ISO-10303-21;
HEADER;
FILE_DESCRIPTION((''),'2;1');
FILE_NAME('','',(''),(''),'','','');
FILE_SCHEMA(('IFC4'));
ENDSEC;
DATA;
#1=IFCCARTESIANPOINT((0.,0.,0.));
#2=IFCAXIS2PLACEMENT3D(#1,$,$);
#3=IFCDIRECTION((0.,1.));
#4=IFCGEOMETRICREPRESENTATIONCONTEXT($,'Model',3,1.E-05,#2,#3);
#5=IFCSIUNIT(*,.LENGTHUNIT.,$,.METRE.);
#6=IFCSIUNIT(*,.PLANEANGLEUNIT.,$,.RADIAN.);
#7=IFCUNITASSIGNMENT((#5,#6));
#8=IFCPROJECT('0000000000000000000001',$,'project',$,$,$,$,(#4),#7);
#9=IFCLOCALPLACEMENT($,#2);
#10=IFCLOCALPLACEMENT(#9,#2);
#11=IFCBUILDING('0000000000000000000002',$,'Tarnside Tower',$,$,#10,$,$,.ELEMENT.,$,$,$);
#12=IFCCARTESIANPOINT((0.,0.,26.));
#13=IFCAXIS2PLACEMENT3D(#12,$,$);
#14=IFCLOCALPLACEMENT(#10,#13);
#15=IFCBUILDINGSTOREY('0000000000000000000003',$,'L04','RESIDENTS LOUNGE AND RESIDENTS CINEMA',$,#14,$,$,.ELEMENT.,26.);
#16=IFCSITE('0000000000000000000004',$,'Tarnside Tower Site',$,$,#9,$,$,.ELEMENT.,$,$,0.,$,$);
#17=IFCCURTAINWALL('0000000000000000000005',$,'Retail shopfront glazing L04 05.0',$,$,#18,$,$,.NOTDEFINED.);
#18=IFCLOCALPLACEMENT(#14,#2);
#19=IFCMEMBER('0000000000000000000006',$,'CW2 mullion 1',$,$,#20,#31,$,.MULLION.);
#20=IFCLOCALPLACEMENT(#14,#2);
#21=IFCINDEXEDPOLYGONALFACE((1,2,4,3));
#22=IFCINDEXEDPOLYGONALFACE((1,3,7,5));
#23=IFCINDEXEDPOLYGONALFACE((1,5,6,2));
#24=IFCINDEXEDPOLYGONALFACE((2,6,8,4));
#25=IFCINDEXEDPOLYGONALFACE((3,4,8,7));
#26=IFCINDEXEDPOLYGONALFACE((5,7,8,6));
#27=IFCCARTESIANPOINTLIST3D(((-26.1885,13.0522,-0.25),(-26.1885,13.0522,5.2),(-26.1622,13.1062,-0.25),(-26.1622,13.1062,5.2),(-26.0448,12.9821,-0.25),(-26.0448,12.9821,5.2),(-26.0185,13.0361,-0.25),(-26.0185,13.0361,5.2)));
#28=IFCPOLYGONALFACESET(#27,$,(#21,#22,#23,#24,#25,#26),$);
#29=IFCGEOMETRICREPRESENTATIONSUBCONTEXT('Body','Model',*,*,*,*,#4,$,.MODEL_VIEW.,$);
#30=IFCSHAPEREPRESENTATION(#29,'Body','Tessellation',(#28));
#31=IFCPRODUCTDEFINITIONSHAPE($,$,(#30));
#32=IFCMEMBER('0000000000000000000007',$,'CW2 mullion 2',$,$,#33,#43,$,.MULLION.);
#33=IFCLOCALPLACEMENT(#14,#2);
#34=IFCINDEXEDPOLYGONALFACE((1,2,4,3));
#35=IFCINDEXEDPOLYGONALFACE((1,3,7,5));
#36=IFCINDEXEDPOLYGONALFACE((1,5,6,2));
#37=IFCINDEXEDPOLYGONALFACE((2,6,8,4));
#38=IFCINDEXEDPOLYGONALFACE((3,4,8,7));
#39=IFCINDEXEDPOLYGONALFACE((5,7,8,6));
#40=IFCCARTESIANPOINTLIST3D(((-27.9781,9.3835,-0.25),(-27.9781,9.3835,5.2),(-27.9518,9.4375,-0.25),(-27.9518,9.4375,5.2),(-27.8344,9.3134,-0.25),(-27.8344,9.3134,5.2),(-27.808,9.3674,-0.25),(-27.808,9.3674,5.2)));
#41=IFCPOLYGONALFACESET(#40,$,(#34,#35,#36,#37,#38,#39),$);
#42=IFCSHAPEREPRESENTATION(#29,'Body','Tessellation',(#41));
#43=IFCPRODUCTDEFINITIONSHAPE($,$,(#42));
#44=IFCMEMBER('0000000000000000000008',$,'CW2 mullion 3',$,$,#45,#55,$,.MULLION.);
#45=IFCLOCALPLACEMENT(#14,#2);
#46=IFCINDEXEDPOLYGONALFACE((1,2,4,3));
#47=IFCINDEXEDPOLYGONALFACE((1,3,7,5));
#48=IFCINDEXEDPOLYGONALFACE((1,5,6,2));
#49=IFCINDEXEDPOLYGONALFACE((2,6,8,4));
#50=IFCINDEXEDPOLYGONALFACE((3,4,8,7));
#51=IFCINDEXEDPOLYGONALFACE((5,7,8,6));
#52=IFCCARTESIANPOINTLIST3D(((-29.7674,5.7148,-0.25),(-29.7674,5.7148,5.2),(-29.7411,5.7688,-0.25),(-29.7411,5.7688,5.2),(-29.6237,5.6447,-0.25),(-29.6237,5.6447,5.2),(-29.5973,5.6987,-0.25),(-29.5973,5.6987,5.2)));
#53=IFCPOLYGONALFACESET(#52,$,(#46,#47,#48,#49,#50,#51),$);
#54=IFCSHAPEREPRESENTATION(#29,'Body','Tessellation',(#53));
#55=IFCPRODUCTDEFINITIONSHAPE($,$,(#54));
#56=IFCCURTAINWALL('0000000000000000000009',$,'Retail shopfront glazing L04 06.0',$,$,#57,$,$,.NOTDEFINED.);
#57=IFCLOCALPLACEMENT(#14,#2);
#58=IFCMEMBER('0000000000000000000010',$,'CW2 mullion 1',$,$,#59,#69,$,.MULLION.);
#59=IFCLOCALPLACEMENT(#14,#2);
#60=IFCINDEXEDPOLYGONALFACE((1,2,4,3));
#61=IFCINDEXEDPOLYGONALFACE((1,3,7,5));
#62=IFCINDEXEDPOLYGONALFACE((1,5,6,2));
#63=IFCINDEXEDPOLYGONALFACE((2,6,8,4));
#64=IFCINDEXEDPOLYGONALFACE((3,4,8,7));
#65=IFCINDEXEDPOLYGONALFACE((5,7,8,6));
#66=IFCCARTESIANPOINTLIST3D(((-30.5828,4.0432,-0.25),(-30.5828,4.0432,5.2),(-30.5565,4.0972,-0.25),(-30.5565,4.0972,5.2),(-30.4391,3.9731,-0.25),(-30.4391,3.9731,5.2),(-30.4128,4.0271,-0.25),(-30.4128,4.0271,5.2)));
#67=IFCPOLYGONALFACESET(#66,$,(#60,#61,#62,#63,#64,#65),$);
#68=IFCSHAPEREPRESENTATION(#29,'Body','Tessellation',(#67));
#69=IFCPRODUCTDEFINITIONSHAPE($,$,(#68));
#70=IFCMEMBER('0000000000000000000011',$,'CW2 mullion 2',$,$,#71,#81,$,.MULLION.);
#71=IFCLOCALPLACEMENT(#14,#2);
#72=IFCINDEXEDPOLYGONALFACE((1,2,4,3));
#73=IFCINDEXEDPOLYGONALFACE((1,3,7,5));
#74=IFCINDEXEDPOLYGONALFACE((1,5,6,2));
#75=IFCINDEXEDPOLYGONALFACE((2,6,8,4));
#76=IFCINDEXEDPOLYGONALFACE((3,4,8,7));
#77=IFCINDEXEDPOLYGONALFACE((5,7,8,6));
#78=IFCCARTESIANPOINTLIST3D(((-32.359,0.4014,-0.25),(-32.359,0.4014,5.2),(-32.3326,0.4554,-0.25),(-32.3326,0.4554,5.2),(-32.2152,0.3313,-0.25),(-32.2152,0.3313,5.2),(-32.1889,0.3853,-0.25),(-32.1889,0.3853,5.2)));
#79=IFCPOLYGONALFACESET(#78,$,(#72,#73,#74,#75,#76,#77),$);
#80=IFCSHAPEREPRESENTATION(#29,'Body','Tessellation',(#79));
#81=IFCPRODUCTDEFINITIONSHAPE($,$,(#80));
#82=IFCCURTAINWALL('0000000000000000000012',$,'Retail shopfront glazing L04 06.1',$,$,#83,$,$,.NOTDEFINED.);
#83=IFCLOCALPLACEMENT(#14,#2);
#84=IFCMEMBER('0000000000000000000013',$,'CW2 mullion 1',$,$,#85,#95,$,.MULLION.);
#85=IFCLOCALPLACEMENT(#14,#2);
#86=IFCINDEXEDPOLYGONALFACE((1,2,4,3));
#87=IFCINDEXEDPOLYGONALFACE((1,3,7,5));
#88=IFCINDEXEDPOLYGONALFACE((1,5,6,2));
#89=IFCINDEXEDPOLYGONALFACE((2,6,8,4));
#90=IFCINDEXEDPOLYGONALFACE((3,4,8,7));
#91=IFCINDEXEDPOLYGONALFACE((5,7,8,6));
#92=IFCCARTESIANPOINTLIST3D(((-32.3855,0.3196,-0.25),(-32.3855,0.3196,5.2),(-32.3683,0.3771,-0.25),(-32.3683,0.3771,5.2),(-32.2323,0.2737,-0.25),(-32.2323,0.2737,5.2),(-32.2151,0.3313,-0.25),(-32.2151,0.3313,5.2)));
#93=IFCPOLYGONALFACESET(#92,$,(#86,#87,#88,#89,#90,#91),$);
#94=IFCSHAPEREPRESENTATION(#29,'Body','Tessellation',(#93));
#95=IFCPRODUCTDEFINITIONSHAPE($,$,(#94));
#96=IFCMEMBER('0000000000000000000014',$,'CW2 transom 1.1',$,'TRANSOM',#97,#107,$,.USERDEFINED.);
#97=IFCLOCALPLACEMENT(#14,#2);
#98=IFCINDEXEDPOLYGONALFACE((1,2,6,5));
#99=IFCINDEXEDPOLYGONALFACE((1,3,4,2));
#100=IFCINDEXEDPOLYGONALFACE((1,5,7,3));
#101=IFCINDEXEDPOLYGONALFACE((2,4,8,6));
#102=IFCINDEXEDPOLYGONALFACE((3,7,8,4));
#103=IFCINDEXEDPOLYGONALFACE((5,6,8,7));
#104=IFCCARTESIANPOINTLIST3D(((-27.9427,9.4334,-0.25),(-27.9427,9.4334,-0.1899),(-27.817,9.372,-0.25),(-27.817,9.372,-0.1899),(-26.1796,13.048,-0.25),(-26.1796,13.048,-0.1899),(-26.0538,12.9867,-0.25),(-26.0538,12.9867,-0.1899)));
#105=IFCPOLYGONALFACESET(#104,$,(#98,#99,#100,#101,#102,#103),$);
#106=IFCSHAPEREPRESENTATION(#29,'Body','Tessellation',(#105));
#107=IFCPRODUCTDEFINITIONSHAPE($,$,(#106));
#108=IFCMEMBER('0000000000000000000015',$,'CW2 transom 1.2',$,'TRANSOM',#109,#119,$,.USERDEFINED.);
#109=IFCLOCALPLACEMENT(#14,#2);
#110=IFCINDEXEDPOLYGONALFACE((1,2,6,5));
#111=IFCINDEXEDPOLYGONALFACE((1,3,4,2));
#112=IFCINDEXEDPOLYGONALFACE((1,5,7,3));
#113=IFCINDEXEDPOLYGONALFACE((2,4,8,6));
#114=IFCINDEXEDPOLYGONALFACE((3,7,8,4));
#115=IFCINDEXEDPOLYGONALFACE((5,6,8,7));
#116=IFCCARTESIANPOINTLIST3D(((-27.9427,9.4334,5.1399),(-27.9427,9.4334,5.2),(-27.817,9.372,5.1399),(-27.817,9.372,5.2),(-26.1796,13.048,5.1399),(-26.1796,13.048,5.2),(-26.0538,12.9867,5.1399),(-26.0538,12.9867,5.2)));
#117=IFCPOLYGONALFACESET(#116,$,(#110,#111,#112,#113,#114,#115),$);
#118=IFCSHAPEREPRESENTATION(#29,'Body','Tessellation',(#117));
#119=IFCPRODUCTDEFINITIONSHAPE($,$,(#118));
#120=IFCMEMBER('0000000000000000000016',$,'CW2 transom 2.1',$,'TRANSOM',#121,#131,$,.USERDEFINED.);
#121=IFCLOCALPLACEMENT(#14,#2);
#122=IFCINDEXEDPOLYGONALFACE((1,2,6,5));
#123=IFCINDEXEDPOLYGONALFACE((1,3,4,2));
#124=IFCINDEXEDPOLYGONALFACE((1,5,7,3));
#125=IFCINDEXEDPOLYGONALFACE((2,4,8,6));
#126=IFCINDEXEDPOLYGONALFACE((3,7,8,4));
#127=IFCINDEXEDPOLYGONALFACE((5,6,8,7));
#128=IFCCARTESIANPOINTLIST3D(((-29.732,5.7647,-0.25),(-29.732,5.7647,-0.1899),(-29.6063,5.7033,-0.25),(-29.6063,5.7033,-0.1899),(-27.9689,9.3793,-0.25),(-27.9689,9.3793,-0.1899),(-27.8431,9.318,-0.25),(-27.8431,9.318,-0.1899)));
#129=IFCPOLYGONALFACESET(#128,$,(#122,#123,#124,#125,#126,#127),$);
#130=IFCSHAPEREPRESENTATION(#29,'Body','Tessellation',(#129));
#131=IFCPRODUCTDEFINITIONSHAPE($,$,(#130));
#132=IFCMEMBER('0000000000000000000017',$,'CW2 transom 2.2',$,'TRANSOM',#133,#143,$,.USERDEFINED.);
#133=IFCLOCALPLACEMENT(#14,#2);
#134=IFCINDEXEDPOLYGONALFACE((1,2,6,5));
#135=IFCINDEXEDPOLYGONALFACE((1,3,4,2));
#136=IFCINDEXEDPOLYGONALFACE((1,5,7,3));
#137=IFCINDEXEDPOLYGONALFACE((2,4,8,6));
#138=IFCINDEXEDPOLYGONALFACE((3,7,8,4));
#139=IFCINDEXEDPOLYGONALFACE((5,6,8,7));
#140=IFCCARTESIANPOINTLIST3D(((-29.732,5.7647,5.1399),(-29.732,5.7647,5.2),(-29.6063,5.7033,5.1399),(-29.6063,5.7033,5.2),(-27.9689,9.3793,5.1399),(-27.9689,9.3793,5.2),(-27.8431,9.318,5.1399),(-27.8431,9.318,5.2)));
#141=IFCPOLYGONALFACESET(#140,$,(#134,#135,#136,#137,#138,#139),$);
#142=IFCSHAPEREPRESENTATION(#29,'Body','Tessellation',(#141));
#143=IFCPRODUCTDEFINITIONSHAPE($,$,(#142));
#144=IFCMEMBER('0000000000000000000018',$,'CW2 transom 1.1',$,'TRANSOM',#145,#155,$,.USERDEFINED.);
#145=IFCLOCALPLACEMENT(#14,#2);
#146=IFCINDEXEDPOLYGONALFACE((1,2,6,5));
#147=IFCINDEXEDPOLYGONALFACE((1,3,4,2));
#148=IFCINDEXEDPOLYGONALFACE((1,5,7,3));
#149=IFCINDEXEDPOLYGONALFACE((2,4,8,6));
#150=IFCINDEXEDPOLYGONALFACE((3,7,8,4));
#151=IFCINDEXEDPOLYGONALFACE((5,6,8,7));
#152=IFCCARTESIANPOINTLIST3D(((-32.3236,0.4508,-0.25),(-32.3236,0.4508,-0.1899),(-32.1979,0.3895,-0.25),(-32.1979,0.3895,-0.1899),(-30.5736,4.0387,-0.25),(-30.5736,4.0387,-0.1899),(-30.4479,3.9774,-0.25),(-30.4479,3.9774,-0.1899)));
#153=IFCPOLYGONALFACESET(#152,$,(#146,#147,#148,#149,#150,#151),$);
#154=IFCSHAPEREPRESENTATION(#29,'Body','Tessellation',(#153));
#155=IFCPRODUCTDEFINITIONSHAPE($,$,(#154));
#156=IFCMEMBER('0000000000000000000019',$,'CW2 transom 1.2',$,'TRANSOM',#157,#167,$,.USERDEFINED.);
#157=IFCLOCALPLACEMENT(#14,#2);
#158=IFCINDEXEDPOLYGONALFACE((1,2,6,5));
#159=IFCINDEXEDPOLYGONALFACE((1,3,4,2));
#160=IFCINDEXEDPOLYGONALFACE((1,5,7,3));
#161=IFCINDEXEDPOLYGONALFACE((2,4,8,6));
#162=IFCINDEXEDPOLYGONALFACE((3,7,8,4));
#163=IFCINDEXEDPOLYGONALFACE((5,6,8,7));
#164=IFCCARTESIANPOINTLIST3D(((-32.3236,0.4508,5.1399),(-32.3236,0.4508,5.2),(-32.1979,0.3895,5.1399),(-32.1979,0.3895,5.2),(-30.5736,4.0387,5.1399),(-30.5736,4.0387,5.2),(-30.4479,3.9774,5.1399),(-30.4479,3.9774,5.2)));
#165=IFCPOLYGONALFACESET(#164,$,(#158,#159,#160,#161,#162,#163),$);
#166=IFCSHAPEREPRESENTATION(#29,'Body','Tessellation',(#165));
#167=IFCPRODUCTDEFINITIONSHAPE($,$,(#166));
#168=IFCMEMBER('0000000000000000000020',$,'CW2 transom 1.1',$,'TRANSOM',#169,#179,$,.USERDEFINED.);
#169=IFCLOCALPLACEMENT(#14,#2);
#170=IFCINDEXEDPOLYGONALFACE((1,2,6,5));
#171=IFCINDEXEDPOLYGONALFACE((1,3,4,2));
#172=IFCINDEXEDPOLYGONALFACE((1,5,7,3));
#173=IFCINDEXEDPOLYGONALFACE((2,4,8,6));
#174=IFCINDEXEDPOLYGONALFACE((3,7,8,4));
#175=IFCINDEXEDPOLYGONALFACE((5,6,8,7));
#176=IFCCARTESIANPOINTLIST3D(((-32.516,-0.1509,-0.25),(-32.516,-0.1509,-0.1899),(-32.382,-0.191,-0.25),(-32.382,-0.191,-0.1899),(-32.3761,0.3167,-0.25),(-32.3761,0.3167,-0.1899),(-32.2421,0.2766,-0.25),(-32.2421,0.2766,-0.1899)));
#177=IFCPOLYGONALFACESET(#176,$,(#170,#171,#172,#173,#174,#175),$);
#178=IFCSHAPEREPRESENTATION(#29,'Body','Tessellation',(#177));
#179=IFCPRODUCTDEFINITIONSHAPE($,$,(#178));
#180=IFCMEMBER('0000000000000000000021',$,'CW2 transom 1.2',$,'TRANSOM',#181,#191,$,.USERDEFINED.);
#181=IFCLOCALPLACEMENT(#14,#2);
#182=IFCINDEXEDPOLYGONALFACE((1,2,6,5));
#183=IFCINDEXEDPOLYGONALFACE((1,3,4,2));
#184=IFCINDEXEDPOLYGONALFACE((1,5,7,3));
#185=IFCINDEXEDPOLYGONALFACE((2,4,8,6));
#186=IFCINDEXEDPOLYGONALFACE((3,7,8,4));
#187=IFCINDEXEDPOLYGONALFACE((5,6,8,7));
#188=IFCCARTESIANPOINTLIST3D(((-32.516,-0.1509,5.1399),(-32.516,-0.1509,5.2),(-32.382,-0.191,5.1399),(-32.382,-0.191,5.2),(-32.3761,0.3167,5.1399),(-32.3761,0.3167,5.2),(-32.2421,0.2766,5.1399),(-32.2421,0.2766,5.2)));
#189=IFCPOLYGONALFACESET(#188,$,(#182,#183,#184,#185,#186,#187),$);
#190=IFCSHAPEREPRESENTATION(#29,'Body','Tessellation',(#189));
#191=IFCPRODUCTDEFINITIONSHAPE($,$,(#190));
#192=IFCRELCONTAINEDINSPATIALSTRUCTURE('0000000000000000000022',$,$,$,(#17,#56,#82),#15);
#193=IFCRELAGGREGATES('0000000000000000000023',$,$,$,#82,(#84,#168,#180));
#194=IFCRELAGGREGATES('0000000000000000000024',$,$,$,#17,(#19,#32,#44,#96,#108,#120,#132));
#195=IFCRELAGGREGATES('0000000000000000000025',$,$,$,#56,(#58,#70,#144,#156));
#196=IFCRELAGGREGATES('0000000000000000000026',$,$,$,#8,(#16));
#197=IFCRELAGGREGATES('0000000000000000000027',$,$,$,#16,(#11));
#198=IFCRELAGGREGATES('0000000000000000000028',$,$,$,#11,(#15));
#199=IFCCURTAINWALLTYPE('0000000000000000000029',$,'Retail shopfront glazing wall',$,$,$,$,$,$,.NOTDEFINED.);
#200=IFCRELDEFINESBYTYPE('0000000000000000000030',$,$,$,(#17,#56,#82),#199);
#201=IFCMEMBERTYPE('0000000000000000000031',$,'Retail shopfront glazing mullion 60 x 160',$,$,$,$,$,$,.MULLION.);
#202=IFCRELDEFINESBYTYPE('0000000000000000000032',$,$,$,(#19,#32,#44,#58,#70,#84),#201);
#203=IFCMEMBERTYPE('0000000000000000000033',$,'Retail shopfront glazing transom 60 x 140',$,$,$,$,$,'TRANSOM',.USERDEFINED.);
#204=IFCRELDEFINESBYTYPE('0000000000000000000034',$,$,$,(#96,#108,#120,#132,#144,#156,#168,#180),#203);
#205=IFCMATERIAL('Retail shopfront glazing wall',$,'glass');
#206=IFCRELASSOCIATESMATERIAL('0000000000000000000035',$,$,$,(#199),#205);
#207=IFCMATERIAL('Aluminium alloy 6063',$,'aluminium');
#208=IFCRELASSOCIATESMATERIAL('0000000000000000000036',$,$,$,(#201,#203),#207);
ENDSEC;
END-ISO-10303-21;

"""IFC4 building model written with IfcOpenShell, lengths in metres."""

from ifc_helpers import new_model, si_unit, direction, frame, origin, origin_2d, place, context, subcontext, project, spatial, rectangle, extrude, material, material_profile, profile_set, type_object, element, aggregate, save


model = new_model("IFC4")

# Units and contexts
model_context = context("Model", 3, precision=1e-05, world=origin(), true_north=direction((0.0, 1.0)))
body_context = subcontext(model_context, "Body", "Model", "MODEL_VIEW")
ifc_project = project(units=[si_unit("LENGTHUNIT", "METRE"), si_unit("PLANEANGLEUNIT", "RADIAN")], contexts=[model_context])

# Site, building, storey
site_placement = place(None, origin())
site = spatial("IfcSite", under=ifc_project, at=site_placement, Name="Tarnside Tower Site", CompositionType="ELEMENT", RefElevation=0.0)
building_placement = place(site_placement, origin())
building = spatial("IfcBuilding", under=site, at=building_placement, Name="Tarnside Tower", CompositionType="ELEMENT")
storey_placement = place(building_placement, frame((0.0, 0.0, 26.0)))
storey = spatial("IfcBuildingStorey", under=building, at=storey_placement, Name="L04", Description="RESIDENTS LOUNGE AND RESIDENTS CINEMA", CompositionType="ELEMENT", Elevation=26.0)

# Curtain walls, members
ifc_material_1 = material(Name="Retail shopfront glazing wall", Category="glass")
curtain_wall_type = type_object("IfcCurtainWallType", Name="Retail shopfront glazing wall", PredefinedType="NOTDEFINED", material=ifc_material_1)
curtain_wall_1_placement = place(storey_placement, origin())
curtain_wall_1 = element("IfcCurtainWall", 1, at=curtain_wall_1_placement, inside=storey, type_object=curtain_wall_type, Name="Retail shopfront glazing L04 05.0", PredefinedType="NOTDEFINED")
ifc_material_2 = material(Name="Aluminium alloy 6063", Category="aluminium")
ifc_material_profile_1 = material_profile(ifc_material_2, rectangle(XDim=0.1599, YDim=0.0601, at=origin_2d()), Name="Retail shopfront glazing mullion 60 x 160")
ifc_profile_set_1 = profile_set([ifc_material_profile_1], Name="Aluminium alloy 6063")
member_type_1 = type_object("IfcMemberType", Name="Retail shopfront glazing mullion 60 x 160", PredefinedType="MULLION", material=ifc_profile_set_1)
member_1_placement = place(storey_placement, frame((-26.1035, 13.0442, -0.25), z_axis=(0.0, 0.0, 1.0), x_axis=(0.898794, -0.438371, 0.0)))
member_1 = element("IfcMember", 2, at=member_1_placement, type_object=member_type_1, Name="CW2 mullion 1", PredefinedType="MULLION", context=body_context, shape_type="SweptSolid", body=[
    extrude(rectangle(XDim=0.1599, YDim=0.0601, at=origin_2d()), origin(), (0.0, 0.0, 1.0), 5.45),
])
member_2_placement = place(storey_placement, frame((-27.8931, 9.3755, -0.25), z_axis=(0.0, 0.0, 1.0), x_axis=(0.898794, -0.438371, 0.0)))
member_2 = element("IfcMember", 3, at=member_2_placement, type_object=member_type_1, Name="CW2 mullion 2", PredefinedType="MULLION", context=body_context, shape_type="SweptSolid", body=[
    extrude(rectangle(XDim=0.1599, YDim=0.0601, at=origin_2d()), origin(), (0.0, 0.0, 1.0), 5.45),
])
member_3_placement = place(storey_placement, frame((-29.6824, 5.7068, -0.25), z_axis=(0.0, 0.0, 1.0), x_axis=(0.898794, -0.438371, 0.0)))
member_3 = element("IfcMember", 4, at=member_3_placement, type_object=member_type_1, Name="CW2 mullion 3", PredefinedType="MULLION", context=body_context, shape_type="SweptSolid", body=[
    extrude(rectangle(XDim=0.1599, YDim=0.0601, at=origin_2d()), origin(), (0.0, 0.0, 1.0), 5.45),
])
curtain_wall_2_placement = place(storey_placement, origin())
curtain_wall_2 = element("IfcCurtainWall", 5, at=curtain_wall_2_placement, inside=storey, type_object=curtain_wall_type, Name="Retail shopfront glazing L04 06.0", PredefinedType="NOTDEFINED")
member_4_placement = place(storey_placement, frame((-30.4978, 4.0352, -0.25), z_axis=(0.0, 0.0, 1.0), x_axis=(0.898794, -0.438371, 0.0)))
member_4 = element("IfcMember", 6, at=member_4_placement, type_object=member_type_1, Name="CW2 mullion 1", PredefinedType="MULLION", context=body_context, shape_type="SweptSolid", body=[
    extrude(rectangle(XDim=0.1599, YDim=0.0601, at=origin_2d()), origin(), (0.0, 0.0, 1.0), 5.45),
])
member_5_placement = place(storey_placement, frame((-32.2739, 0.3933, -0.25), z_axis=(0.0, 0.0, 1.0), x_axis=(0.898794, -0.438371, 0.0)))
member_5 = element("IfcMember", 7, at=member_5_placement, type_object=member_type_1, Name="CW2 mullion 2", PredefinedType="MULLION", context=body_context, shape_type="SweptSolid", body=[
    extrude(rectangle(XDim=0.1599, YDim=0.0601, at=origin_2d()), origin(), (0.0, 0.0, 1.0), 5.45),
])

# Curtain wall, member
curtain_wall_3_placement = place(storey_placement, origin())
curtain_wall_3 = element("IfcCurtainWall", 8, at=curtain_wall_3_placement, inside=storey, type_object=curtain_wall_type, Name="Retail shopfront glazing L04 06.1", PredefinedType="NOTDEFINED")
member_6_placement = place(storey_placement, frame((-32.3003, 0.3254, -0.25), z_axis=(0.0, 0.0, 1.0), x_axis=(0.95799, -0.286803, 0.0)))
member_6 = element("IfcMember", 9, at=member_6_placement, type_object=member_type_1, Name="CW2 mullion 1", PredefinedType="MULLION", context=body_context, shape_type="SweptSolid", body=[
    extrude(rectangle(XDim=0.1599, YDim=0.0601, at=origin_2d()), origin(), (0.0, 0.0, 1.0), 5.45),
])

# Members
ifc_material_profile_2 = material_profile(ifc_material_2, rectangle(XDim=0.1399, YDim=0.0601, at=origin_2d()), Name="Retail shopfront glazing transom 60 x 140")
ifc_profile_set_2 = profile_set([ifc_material_profile_2], Name="Aluminium alloy 6063")
member_type_2 = type_object("IfcMemberType", Name="Retail shopfront glazing transom 60 x 140", ElementType="TRANSOM", PredefinedType="USERDEFINED", material=ifc_profile_set_2)
member_7_placement = place(storey_placement, frame((-26.1167, 13.0173, -0.22), z_axis=(-0.438402, -0.898779, 0.0), x_axis=(0.898779, -0.438402, 0.0)))
member_7 = element("IfcMember", 10, at=member_7_placement, type_object=member_type_2, Name="CW2 transom 1.1", ObjectType="TRANSOM", PredefinedType="USERDEFINED", context=body_context, shape_type="SweptSolid", body=[
    extrude(rectangle(XDim=0.1399, YDim=0.0601, at=origin_2d()), origin(), (0.0, 0.0, 1.0), 4.0217),
])
member_8_placement = place(storey_placement, frame((-26.1167, 13.0173, 5.1699), z_axis=(-0.438402, -0.898779, 0.0), x_axis=(0.898779, -0.438402, 0.0)))
member_8 = element("IfcMember", 11, at=member_8_placement, type_object=member_type_2, Name="CW2 transom 1.2", ObjectType="TRANSOM", PredefinedType="USERDEFINED", context=body_context, shape_type="SweptSolid", body=[
    extrude(rectangle(XDim=0.1399, YDim=0.0601, at=origin_2d()), origin(), (0.0, 0.0, 1.0), 4.0217),
])
member_9_placement = place(storey_placement, frame((-27.906, 9.3486, -0.22), z_axis=(-0.438402, -0.898779, 0.0), x_axis=(0.898779, -0.438402, 0.0)))
member_9 = element("IfcMember", 12, at=member_9_placement, type_object=member_type_2, Name="CW2 transom 2.1", ObjectType="TRANSOM", PredefinedType="USERDEFINED", context=body_context, shape_type="SweptSolid", body=[
    extrude(rectangle(XDim=0.1399, YDim=0.0601, at=origin_2d()), origin(), (0.0, 0.0, 1.0), 4.0217),
])
member_10_placement = place(storey_placement, frame((-27.906, 9.3486, 5.1699), z_axis=(-0.438402, -0.898779, 0.0), x_axis=(0.898779, -0.438402, 0.0)))
member_10 = element("IfcMember", 13, at=member_10_placement, type_object=member_type_2, Name="CW2 transom 2.2", ObjectType="TRANSOM", PredefinedType="USERDEFINED", context=body_context, shape_type="SweptSolid", body=[
    extrude(rectangle(XDim=0.1399, YDim=0.0601, at=origin_2d()), origin(), (0.0, 0.0, 1.0), 4.0217),
])
member_11_placement = place(storey_placement, frame((-30.5107, 4.0081, -0.22), z_axis=(-0.438385, -0.898787, 0.0), x_axis=(0.898787, -0.438385, 0.0)))
member_11 = element("IfcMember", 14, at=member_11_placement, type_object=member_type_2, Name="CW2 transom 1.1", ObjectType="TRANSOM", PredefinedType="USERDEFINED", context=body_context, shape_type="SweptSolid", body=[
    extrude(rectangle(XDim=0.1399, YDim=0.0601, at=origin_2d()), origin(), (0.0, 0.0, 1.0), 3.9919),
])
member_12_placement = place(storey_placement, frame((-30.5107, 4.0081, 5.1699), z_axis=(-0.438385, -0.898787, 0.0), x_axis=(0.898787, -0.438385, 0.0)))
member_12 = element("IfcMember", 15, at=member_12_placement, type_object=member_type_2, Name="CW2 transom 1.2", ObjectType="TRANSOM", PredefinedType="USERDEFINED", context=body_context, shape_type="SweptSolid", body=[
    extrude(rectangle(XDim=0.1399, YDim=0.0601, at=origin_2d()), origin(), (0.0, 0.0, 1.0), 3.9919),
])
member_13_placement = place(storey_placement, frame((-32.3091, 0.2966, -0.22), z_axis=(-0.286659, -0.958033, 0.0), x_axis=(0.958033, -0.286659, 0.0)))
member_13 = element("IfcMember", 16, at=member_13_placement, type_object=member_type_2, Name="CW2 transom 1.1", ObjectType="TRANSOM", PredefinedType="USERDEFINED", context=body_context, shape_type="SweptSolid", body=[
    extrude(rectangle(XDim=0.1399, YDim=0.0601, at=origin_2d()), origin(), (0.0, 0.0, 1.0), 0.488),
])
member_14_placement = place(storey_placement, frame((-32.3091, 0.2966, 5.1699), z_axis=(-0.286659, -0.958033, 0.0), x_axis=(0.958033, -0.286659, 0.0)))
member_14 = element("IfcMember", 17, at=member_14_placement, type_object=member_type_2, Name="CW2 transom 1.2", ObjectType="TRANSOM", PredefinedType="USERDEFINED", context=body_context, shape_type="SweptSolid", body=[
    extrude(rectangle(XDim=0.1399, YDim=0.0601, at=origin_2d()), origin(), (0.0, 0.0, 1.0), 0.488),
])
aggregate(curtain_wall_3, [member_6, member_13, member_14])

aggregate(curtain_wall_1, [member_1, member_2, member_3, member_7, member_8, member_9, member_10])
aggregate(curtain_wall_2, [member_4, member_5, member_11, member_12])

save(model, "model.ifc")
